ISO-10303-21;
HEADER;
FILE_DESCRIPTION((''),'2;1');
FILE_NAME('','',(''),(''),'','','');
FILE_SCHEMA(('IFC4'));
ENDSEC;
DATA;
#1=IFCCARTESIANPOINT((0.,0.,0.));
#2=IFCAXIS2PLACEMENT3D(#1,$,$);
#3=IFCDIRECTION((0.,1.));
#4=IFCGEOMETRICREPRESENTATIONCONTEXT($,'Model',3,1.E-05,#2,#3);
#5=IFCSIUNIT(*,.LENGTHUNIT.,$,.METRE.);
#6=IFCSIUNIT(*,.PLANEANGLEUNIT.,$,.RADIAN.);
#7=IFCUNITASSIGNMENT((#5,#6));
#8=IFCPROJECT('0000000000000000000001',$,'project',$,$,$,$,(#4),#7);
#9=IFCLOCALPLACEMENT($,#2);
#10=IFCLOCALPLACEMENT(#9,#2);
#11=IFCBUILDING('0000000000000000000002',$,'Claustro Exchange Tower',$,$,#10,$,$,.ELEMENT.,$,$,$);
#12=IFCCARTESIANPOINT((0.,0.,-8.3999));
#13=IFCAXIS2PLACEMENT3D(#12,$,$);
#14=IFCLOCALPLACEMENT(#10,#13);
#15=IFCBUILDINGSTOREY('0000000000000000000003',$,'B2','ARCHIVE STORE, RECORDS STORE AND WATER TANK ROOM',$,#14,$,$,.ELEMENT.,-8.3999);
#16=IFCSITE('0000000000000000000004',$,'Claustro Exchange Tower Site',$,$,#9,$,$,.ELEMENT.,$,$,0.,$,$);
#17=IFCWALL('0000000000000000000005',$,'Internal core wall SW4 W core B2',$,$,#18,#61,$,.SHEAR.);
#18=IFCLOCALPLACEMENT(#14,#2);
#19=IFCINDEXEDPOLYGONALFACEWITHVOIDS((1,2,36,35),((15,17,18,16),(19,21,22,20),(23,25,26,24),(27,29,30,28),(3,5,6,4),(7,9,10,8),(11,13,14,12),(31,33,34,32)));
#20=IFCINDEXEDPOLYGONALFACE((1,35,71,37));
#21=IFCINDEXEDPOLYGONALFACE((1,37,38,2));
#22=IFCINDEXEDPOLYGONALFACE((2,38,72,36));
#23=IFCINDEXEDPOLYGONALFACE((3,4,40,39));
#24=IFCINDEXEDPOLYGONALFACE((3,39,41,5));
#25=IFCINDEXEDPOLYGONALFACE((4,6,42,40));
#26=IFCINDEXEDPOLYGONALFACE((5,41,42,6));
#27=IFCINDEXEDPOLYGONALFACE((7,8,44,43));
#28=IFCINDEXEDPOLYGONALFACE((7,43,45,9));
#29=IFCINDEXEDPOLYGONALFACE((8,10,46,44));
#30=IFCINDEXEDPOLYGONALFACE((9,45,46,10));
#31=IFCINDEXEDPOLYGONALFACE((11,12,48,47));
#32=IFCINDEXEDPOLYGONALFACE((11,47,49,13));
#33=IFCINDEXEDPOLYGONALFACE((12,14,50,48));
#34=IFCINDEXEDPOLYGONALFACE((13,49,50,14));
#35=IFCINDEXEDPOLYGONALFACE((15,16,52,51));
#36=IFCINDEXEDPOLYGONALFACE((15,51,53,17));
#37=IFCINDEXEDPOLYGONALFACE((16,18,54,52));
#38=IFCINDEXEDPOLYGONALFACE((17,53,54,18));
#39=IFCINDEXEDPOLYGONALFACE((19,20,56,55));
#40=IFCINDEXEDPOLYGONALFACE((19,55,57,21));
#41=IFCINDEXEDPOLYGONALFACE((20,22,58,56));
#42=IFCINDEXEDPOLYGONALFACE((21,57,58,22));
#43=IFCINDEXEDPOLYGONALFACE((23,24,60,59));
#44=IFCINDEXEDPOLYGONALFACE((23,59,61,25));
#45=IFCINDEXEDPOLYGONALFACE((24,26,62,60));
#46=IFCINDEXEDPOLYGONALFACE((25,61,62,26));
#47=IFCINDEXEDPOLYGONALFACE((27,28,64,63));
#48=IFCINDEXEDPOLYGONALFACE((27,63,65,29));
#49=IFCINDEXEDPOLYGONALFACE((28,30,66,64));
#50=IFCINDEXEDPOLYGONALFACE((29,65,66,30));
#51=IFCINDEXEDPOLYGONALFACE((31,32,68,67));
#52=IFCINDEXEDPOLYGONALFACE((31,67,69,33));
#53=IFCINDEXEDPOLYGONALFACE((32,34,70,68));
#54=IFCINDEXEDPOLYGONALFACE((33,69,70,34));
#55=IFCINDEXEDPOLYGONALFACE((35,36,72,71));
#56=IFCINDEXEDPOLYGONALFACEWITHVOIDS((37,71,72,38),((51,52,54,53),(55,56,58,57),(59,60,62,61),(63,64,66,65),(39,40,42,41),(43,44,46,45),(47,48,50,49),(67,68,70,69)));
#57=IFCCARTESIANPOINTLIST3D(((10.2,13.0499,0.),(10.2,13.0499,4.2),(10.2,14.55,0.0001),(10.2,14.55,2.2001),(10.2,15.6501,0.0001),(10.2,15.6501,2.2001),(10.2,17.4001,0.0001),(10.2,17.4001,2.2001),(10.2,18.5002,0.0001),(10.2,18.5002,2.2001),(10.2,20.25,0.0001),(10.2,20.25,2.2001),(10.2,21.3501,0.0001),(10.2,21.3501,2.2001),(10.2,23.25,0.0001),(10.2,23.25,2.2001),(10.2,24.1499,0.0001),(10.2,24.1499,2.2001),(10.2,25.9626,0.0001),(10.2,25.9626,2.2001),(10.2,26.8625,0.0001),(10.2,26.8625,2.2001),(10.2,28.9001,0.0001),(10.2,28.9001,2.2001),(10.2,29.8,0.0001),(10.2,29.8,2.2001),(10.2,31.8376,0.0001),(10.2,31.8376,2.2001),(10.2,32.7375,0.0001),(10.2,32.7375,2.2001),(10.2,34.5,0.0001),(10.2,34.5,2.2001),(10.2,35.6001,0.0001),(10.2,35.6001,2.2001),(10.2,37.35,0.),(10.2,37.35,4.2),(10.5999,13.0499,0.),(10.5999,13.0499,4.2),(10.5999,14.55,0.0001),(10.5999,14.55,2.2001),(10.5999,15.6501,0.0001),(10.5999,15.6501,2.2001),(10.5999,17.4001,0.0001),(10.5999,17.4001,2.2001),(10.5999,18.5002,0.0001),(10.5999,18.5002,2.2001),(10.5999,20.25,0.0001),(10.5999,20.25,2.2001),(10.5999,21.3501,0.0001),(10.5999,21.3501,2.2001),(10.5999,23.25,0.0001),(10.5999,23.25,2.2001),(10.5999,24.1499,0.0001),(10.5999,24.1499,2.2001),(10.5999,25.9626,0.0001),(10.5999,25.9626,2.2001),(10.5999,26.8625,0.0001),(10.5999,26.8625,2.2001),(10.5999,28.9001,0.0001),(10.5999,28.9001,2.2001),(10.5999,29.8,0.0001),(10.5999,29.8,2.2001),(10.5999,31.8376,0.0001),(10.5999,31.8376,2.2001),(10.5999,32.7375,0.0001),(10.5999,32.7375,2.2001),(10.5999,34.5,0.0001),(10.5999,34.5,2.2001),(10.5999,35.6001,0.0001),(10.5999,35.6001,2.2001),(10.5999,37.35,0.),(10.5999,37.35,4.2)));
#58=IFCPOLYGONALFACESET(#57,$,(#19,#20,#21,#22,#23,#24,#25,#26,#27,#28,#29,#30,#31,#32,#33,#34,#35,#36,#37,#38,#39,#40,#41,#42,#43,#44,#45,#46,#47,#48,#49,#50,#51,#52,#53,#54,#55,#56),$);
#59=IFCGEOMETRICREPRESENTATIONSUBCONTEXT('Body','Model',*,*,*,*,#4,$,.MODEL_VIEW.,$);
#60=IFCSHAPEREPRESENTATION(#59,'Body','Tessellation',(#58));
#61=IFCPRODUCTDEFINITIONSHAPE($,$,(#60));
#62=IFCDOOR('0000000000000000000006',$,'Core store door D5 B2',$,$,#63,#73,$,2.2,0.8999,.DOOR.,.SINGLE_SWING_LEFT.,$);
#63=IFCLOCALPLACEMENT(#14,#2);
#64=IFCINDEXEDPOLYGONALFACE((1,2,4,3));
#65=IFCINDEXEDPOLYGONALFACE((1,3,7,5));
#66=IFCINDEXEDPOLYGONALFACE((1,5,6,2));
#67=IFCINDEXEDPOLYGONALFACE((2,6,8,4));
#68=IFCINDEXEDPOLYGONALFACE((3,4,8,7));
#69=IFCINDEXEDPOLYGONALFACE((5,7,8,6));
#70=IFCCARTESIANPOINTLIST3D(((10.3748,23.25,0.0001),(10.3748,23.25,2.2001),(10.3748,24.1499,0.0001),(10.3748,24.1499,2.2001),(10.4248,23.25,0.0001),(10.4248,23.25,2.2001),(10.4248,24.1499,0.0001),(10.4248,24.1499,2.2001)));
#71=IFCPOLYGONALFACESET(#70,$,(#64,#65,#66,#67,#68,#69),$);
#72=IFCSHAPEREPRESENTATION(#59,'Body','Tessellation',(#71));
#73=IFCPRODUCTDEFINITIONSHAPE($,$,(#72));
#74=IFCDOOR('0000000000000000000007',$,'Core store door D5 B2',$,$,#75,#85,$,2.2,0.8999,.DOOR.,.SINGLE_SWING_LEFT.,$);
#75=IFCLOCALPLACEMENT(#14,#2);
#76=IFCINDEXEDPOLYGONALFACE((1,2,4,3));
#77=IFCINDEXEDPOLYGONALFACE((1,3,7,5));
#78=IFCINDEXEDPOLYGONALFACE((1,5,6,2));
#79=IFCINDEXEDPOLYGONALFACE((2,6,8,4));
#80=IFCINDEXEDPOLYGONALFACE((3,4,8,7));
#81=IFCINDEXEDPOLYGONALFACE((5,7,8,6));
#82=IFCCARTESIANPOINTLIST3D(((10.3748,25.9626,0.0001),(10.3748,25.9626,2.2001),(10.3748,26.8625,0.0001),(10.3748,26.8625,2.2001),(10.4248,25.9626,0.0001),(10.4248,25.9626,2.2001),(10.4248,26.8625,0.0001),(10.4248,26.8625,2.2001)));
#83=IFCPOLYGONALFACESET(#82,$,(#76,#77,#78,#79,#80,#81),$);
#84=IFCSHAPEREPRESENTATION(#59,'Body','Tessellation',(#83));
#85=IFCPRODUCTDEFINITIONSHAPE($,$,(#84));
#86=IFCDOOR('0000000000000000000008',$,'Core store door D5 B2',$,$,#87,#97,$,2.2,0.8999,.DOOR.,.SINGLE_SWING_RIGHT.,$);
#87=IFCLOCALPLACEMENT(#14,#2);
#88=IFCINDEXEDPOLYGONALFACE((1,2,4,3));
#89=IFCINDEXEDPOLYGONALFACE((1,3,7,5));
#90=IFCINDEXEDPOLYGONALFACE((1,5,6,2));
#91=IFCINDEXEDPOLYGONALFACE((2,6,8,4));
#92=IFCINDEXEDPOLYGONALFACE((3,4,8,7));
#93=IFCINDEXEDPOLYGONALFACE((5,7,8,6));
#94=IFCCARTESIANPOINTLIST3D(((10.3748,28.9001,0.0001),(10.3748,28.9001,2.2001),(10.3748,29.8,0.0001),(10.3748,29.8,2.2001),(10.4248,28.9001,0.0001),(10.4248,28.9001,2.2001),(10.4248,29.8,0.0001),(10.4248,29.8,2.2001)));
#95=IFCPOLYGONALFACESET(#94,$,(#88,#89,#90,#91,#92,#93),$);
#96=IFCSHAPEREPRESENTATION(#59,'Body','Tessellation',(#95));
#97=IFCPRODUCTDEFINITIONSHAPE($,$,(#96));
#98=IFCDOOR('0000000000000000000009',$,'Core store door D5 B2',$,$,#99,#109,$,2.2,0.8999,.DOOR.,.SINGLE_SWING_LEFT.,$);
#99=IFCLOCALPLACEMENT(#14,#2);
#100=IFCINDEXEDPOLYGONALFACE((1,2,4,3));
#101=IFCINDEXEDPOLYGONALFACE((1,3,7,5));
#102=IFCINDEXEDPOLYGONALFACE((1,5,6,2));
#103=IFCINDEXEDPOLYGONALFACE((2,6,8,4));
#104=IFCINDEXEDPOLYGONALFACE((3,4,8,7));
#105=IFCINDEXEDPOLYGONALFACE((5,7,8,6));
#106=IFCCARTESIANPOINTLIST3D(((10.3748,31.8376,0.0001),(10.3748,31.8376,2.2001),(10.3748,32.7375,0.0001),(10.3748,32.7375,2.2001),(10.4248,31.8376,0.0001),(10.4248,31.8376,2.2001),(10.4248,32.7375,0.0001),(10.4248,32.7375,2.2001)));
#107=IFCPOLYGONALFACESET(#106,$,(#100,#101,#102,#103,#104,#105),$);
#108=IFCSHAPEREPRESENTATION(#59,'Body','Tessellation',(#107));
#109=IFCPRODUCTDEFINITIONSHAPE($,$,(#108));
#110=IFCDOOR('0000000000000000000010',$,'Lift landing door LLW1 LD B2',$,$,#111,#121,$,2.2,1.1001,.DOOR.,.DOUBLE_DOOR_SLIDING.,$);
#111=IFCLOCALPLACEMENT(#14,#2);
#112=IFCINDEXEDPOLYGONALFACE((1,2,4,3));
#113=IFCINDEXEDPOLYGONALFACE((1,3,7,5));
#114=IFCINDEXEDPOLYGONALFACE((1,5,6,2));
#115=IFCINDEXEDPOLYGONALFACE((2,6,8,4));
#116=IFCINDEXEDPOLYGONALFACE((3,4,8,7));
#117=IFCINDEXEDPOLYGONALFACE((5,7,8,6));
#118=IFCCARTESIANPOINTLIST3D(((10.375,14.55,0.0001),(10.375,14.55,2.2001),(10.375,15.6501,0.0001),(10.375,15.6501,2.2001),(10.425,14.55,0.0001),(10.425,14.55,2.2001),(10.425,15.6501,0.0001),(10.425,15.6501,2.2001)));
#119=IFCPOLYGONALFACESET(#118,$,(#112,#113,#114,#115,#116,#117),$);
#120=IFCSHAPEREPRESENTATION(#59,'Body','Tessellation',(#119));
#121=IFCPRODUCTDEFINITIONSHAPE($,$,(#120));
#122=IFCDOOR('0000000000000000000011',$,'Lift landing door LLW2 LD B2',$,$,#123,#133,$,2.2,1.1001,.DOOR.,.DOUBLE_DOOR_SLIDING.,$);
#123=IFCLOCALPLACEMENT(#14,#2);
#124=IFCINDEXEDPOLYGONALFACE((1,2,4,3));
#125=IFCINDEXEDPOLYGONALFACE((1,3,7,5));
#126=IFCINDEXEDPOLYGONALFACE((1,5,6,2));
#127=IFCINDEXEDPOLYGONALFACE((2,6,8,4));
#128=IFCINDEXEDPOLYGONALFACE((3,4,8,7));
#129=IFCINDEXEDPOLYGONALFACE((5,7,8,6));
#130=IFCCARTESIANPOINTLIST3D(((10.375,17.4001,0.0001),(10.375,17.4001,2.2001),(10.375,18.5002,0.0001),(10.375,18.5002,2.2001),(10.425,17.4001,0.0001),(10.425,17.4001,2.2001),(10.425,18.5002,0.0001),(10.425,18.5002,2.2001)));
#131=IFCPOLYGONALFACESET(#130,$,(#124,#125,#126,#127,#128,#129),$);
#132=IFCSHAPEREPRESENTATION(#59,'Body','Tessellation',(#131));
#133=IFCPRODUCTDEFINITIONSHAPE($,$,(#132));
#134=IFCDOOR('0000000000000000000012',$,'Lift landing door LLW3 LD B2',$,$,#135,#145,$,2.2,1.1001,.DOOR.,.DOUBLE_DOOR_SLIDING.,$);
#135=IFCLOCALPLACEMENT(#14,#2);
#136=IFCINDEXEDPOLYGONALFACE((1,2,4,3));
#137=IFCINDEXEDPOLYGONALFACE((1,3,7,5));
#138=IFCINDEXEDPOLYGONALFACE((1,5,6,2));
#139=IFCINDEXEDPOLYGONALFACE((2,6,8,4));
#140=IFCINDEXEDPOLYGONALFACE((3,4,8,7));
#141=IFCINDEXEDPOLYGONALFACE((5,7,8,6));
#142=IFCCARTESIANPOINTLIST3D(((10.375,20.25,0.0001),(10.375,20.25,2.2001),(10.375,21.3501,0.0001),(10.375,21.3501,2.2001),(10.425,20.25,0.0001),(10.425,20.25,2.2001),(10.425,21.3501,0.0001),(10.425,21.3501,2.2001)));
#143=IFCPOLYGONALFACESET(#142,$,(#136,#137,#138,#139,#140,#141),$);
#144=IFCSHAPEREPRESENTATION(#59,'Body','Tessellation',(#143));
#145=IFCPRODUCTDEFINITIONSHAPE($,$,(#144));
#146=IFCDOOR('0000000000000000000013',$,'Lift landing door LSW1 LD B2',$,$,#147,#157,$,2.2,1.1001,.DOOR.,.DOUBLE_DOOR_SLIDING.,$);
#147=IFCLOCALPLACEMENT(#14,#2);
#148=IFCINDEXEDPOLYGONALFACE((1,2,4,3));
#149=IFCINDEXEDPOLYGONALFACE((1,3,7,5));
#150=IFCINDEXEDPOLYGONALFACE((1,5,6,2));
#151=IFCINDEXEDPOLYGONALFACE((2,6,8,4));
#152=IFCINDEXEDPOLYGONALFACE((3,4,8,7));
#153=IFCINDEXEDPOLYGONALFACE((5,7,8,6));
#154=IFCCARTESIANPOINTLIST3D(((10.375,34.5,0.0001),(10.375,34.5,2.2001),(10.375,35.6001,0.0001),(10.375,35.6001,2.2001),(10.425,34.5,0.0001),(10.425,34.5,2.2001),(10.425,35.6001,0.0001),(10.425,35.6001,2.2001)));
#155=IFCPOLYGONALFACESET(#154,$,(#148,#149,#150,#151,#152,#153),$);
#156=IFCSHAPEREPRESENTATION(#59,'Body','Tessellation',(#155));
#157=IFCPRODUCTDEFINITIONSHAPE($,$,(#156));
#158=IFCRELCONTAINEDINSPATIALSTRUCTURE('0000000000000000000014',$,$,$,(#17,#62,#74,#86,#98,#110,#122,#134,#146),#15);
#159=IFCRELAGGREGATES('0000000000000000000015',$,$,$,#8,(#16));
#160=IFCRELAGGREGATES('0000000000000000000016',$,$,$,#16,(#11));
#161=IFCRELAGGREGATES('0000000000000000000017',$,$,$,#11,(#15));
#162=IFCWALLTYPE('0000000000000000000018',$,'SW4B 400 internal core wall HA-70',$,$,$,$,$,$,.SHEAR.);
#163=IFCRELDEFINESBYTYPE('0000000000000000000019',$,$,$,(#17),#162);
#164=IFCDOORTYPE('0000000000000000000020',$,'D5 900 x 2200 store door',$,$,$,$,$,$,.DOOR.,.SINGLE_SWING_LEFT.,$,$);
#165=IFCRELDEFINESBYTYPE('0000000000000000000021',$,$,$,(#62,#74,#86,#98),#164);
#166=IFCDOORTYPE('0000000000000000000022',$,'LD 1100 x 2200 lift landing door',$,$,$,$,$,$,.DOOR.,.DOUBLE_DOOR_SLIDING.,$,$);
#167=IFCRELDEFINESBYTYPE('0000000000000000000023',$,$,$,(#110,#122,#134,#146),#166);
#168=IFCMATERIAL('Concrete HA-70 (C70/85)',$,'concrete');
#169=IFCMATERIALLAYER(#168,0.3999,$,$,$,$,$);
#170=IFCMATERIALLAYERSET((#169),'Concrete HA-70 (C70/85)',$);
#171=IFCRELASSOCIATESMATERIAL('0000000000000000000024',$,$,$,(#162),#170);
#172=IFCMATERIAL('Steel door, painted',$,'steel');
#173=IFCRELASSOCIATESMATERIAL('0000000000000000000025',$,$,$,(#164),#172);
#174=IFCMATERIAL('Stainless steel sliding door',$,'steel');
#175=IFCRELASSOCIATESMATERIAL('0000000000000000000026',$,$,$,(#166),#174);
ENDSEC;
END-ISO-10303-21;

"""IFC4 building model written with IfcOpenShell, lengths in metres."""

from ifc_helpers import new_model, si_unit, direction, frame, frame_2d, origin, place, context, subcontext, project, spatial, rectangle, extrude, material, layer, layer_set, type_object, element, fill, save


model = new_model("IFC4")

# Units and contexts
model_context = context("Model", 3, precision=1e-05, world=origin(), true_north=direction((0.0, 1.0)))
body_context = subcontext(model_context, "Body", "Model", "MODEL_VIEW")
ifc_project = project(units=[si_unit("LENGTHUNIT", "METRE"), si_unit("PLANEANGLEUNIT", "RADIAN")], contexts=[model_context])

# Site, building, storey
site_placement = place(None, origin())
site = spatial("IfcSite", under=ifc_project, at=site_placement, Name="Claustro Exchange Tower Site", CompositionType="ELEMENT", RefElevation=0.0)
building_placement = place(site_placement, origin())
building = spatial("IfcBuilding", under=site, at=building_placement, Name="Claustro Exchange Tower", CompositionType="ELEMENT")
storey_placement = place(building_placement, frame((0.0, 0.0, -8.3999)))
storey = spatial("IfcBuildingStorey", under=building, at=storey_placement, Name="B2", Description="ARCHIVE STORE, RECORDS STORE AND WATER TANK ROOM", CompositionType="ELEMENT", Elevation=-8.3999)

# Wall, openings, doors
ifc_material_1 = material(Name="Concrete HA-70 (C70/85)", Category="concrete")
ifc_layer_1 = layer(ifc_material_1, 0.3999)
ifc_layer_set_1 = layer_set([ifc_layer_1], Name="Concrete HA-70 (C70/85)")
wall_type_1 = type_object("IfcWallType", Name="SW4B 400 internal core wall HA-70", PredefinedType="SHEAR", material=ifc_layer_set_1)
wall_1_placement = place(storey_placement, frame((10.3999, 13.05, 0.0), z_axis=(0.0, 0.0, 1.0), x_axis=(0.0, 1.0, 0.0)))
wall_1 = element("IfcWall", 1, at=wall_1_placement, inside=storey, type_object=wall_type_1, Name="Internal core wall SW4 W core B2", PredefinedType="SHEAR", context=body_context, shape_type="SweptSolid", body=[
    extrude(rectangle(XDim=24.3, YDim=0.3999, at=frame_2d((12.1499, 0.0))), origin(), (0.0, 0.0, 1.0), 4.2),
])
opening_1_placement = place(wall_1_placement, frame((1.5, 0.0, 0.0)))
opening_1 = element("IfcOpeningElement", 2, at=opening_1_placement, cuts=wall_1, PredefinedType="OPENING", context=body_context, shape_type="SweptSolid", body=[
    extrude(rectangle(XDim=1.1001, YDim=2.2, at=frame_2d((0.55, 1.1001))), frame((0.0, 0.21, 0.0), z_axis=(0.0, -1.0, 0.0), x_axis=(1.0, 0.0, 0.0)), (0.0, 0.0, 1.0), 0.4199),
])
opening_2_placement = place(wall_1_placement, frame((4.3501, 0.0, 0.0)))
opening_2 = element("IfcOpeningElement", 3, at=opening_2_placement, cuts=wall_1, PredefinedType="OPENING", context=body_context, shape_type="SweptSolid", body=[
    extrude(rectangle(XDim=1.1001, YDim=2.2, at=frame_2d((0.55, 1.1001))), frame((0.0, 0.21, 0.0), z_axis=(0.0, -1.0, 0.0), x_axis=(1.0, 0.0, 0.0)), (0.0, 0.0, 1.0), 0.4199),
])
opening_3_placement = place(wall_1_placement, frame((7.2, 0.0, 0.0)))
opening_3 = element("IfcOpeningElement", 4, at=opening_3_placement, cuts=wall_1, PredefinedType="OPENING", context=body_context, shape_type="SweptSolid", body=[
    extrude(rectangle(XDim=1.1001, YDim=2.2, at=frame_2d((0.55, 1.1001))), frame((0.0, 0.21, 0.0), z_axis=(0.0, -1.0, 0.0), x_axis=(1.0, 0.0, 0.0)), (0.0, 0.0, 1.0), 0.4199),
])
opening_4_placement = place(wall_1_placement, frame((21.45, 0.0, 0.0)))
opening_4 = element("IfcOpeningElement", 5, at=opening_4_placement, cuts=wall_1, PredefinedType="OPENING", context=body_context, shape_type="SweptSolid", body=[
    extrude(rectangle(XDim=1.1001, YDim=2.2, at=frame_2d((0.55, 1.1001))), frame((0.0, 0.21, 0.0), z_axis=(0.0, -1.0, 0.0), x_axis=(1.0, 0.0, 0.0)), (0.0, 0.0, 1.0), 0.4199),
])
opening_5_placement = place(wall_1_placement, frame((10.2, 0.0, 0.0)))
opening_5 = element("IfcOpeningElement", 6, at=opening_5_placement, cuts=wall_1, PredefinedType="OPENING", context=body_context, shape_type="SweptSolid", body=[
    extrude(rectangle(XDim=0.8999, YDim=2.2, at=frame_2d((0.45, 1.1001))), frame((0.0, 0.21, 0.0), z_axis=(0.0, -1.0, 0.0), x_axis=(1.0, 0.0, 0.0)), (0.0, 0.0, 1.0), 0.4199),
])
opening_6_placement = place(wall_1_placement, frame((12.9126, 0.0, 0.0)))
opening_6 = element("IfcOpeningElement", 7, at=opening_6_placement, cuts=wall_1, PredefinedType="OPENING", context=body_context, shape_type="SweptSolid", body=[
    extrude(rectangle(XDim=0.8999, YDim=2.2, at=frame_2d((0.45, 1.1001))), frame((0.0, 0.21, 0.0), z_axis=(0.0, -1.0, 0.0), x_axis=(1.0, 0.0, 0.0)), (0.0, 0.0, 1.0), 0.4199),
])
opening_7_placement = place(wall_1_placement, frame((15.8501, 0.0, 0.0)))
opening_7 = element("IfcOpeningElement", 8, at=opening_7_placement, cuts=wall_1, PredefinedType="OPENING", context=body_context, shape_type="SweptSolid", body=[
    extrude(rectangle(XDim=0.8999, YDim=2.2, at=frame_2d((0.45, 1.1001))), frame((0.0, 0.21, 0.0), z_axis=(0.0, -1.0, 0.0), x_axis=(1.0, 0.0, 0.0)), (0.0, 0.0, 1.0), 0.4199),
])
opening_8_placement = place(wall_1_placement, frame((18.7876, 0.0, 0.0)))
opening_8 = element("IfcOpeningElement", 9, at=opening_8_placement, cuts=wall_1, PredefinedType="OPENING", context=body_context, shape_type="SweptSolid", body=[
    extrude(rectangle(XDim=0.8999, YDim=2.2, at=frame_2d((0.45, 1.1001))), frame((0.0, 0.21, 0.0), z_axis=(0.0, -1.0, 0.0), x_axis=(1.0, 0.0, 0.0)), (0.0, 0.0, 1.0), 0.4199),
])
ifc_material_2 = material(Name="Steel door, painted", Category="steel")
door_type_1 = type_object("IfcDoorType", Name="D5 900 x 2200 store door", OperationType="SINGLE_SWING_LEFT", PredefinedType="DOOR", material=ifc_material_2)
door_1_placement = place(opening_5_placement, frame((0.8999, 0.0, 0.0), z_axis=(0.0, 0.0, 1.0), x_axis=(-1.0, 0.0, 0.0)))
door_1 = element("IfcDoor", 10, at=door_1_placement, inside=storey, type_object=door_type_1, Name="Core store door D5 B2", OperationType="SINGLE_SWING_LEFT", OverallHeight=2.2, OverallWidth=0.8999, PredefinedType="DOOR", context=body_context, shape_type="SweptSolid", body=[
    extrude(rectangle(XDim=0.8999, YDim=2.2, at=frame_2d((0.45, 1.1001))), frame((0.0, 0.0249, 0.0), z_axis=(0.0, -1.0, 0.0), x_axis=(1.0, 0.0, 0.0)), (0.0, 0.0, 1.0), 0.05),
])
fill(opening_5, door_1)
door_2_placement = place(opening_6_placement, frame((0.8999, 0.0, 0.0), z_axis=(0.0, 0.0, 1.0), x_axis=(-1.0, 0.0, 0.0)))
door_2 = element("IfcDoor", 11, at=door_2_placement, inside=storey, type_object=door_type_1, Name="Core store door D5 B2", OperationType="SINGLE_SWING_LEFT", OverallHeight=2.2, OverallWidth=0.8999, PredefinedType="DOOR", context=body_context, shape_type="SweptSolid", body=[
    extrude(rectangle(XDim=0.8999, YDim=2.2, at=frame_2d((0.45, 1.1001))), frame((0.0, 0.0249, 0.0), z_axis=(0.0, -1.0, 0.0), x_axis=(1.0, 0.0, 0.0)), (0.0, 0.0, 1.0), 0.05),
])
fill(opening_6, door_2)
door_3_placement = place(opening_7_placement, frame((0.8999, 0.0, 0.0), z_axis=(0.0, 0.0, 1.0), x_axis=(-1.0, 0.0, 0.0)))
door_3 = element("IfcDoor", 12, at=door_3_placement, inside=storey, type_object=door_type_1, Name="Core store door D5 B2", OperationType="SINGLE_SWING_RIGHT", OverallHeight=2.2, OverallWidth=0.8999, PredefinedType="DOOR", context=body_context, shape_type="SweptSolid", body=[
    extrude(rectangle(XDim=0.8999, YDim=2.2, at=frame_2d((0.45, 1.1001))), frame((0.0, 0.0249, 0.0), z_axis=(0.0, -1.0, 0.0), x_axis=(1.0, 0.0, 0.0)), (0.0, 0.0, 1.0), 0.05),
])
fill(opening_7, door_3)
door_4_placement = place(opening_8_placement, frame((0.8999, 0.0, 0.0), z_axis=(0.0, 0.0, 1.0), x_axis=(-1.0, 0.0, 0.0)))
door_4 = element("IfcDoor", 13, at=door_4_placement, inside=storey, type_object=door_type_1, Name="Core store door D5 B2", OperationType="SINGLE_SWING_LEFT", OverallHeight=2.2, OverallWidth=0.8999, PredefinedType="DOOR", context=body_context, shape_type="SweptSolid", body=[
    extrude(rectangle(XDim=0.8999, YDim=2.2, at=frame_2d((0.45, 1.1001))), frame((0.0, 0.0249, 0.0), z_axis=(0.0, -1.0, 0.0), x_axis=(1.0, 0.0, 0.0)), (0.0, 0.0, 1.0), 0.05),
])
fill(opening_8, door_4)
ifc_material_3 = material(Name="Stainless steel sliding door", Category="steel")
door_type_2 = type_object("IfcDoorType", Name="LD 1100 x 2200 lift landing door", OperationType="DOUBLE_DOOR_SLIDING", PredefinedType="DOOR", material=ifc_material_3)
door_5_placement = place(opening_1_placement, origin())
door_5 = element("IfcDoor", 14, at=door_5_placement, inside=storey, type_object=door_type_2, Name="Lift landing door LLW1 LD B2", OperationType="DOUBLE_DOOR_SLIDING", OverallHeight=2.2, OverallWidth=1.1001, PredefinedType="DOOR", context=body_context, shape_type="SweptSolid", body=[
    extrude(rectangle(XDim=1.1001, YDim=2.2, at=frame_2d((0.55, 1.1001))), frame((0.0, 0.0249, 0.0), z_axis=(0.0, -1.0, 0.0), x_axis=(1.0, 0.0, 0.0)), (0.0, 0.0, 1.0), 0.05),
])
fill(opening_1, door_5)
door_6_placement = place(opening_2_placement, origin())
door_6 = element("IfcDoor", 15, at=door_6_placement, inside=storey, type_object=door_type_2, Name="Lift landing door LLW2 LD B2", OperationType="DOUBLE_DOOR_SLIDING", OverallHeight=2.2, OverallWidth=1.1001, PredefinedType="DOOR", context=body_context, shape_type="SweptSolid", body=[
    extrude(rectangle(XDim=1.1001, YDim=2.2, at=frame_2d((0.55, 1.1001))), frame((0.0, 0.0249, 0.0), z_axis=(0.0, -1.0, 0.0), x_axis=(1.0, 0.0, 0.0)), (0.0, 0.0, 1.0), 0.05),
])
fill(opening_2, door_6)
door_7_placement = place(opening_3_placement, origin())
door_7 = element("IfcDoor", 16, at=door_7_placement, inside=storey, type_object=door_type_2, Name="Lift landing door LLW3 LD B2", OperationType="DOUBLE_DOOR_SLIDING", OverallHeight=2.2, OverallWidth=1.1001, PredefinedType="DOOR", context=body_context, shape_type="SweptSolid", body=[
    extrude(rectangle(XDim=1.1001, YDim=2.2, at=frame_2d((0.55, 1.1001))), frame((0.0, 0.0249, 0.0), z_axis=(0.0, -1.0, 0.0), x_axis=(1.0, 0.0, 0.0)), (0.0, 0.0, 1.0), 0.05),
])
fill(opening_3, door_7)
door_8_placement = place(opening_4_placement, origin())
door_8 = element("IfcDoor", 17, at=door_8_placement, inside=storey, type_object=door_type_2, Name="Lift landing door LSW1 LD B2", OperationType="DOUBLE_DOOR_SLIDING", OverallHeight=2.2, OverallWidth=1.1001, PredefinedType="DOOR", context=body_context, shape_type="SweptSolid", body=[
    extrude(rectangle(XDim=1.1001, YDim=2.2, at=frame_2d((0.55, 1.1001))), frame((0.0, 0.0249, 0.0), z_axis=(0.0, -1.0, 0.0), x_axis=(1.0, 0.0, 0.0)), (0.0, 0.0, 1.0), 0.05),
])
fill(opening_4, door_8)

save(model, "model.ifc")
